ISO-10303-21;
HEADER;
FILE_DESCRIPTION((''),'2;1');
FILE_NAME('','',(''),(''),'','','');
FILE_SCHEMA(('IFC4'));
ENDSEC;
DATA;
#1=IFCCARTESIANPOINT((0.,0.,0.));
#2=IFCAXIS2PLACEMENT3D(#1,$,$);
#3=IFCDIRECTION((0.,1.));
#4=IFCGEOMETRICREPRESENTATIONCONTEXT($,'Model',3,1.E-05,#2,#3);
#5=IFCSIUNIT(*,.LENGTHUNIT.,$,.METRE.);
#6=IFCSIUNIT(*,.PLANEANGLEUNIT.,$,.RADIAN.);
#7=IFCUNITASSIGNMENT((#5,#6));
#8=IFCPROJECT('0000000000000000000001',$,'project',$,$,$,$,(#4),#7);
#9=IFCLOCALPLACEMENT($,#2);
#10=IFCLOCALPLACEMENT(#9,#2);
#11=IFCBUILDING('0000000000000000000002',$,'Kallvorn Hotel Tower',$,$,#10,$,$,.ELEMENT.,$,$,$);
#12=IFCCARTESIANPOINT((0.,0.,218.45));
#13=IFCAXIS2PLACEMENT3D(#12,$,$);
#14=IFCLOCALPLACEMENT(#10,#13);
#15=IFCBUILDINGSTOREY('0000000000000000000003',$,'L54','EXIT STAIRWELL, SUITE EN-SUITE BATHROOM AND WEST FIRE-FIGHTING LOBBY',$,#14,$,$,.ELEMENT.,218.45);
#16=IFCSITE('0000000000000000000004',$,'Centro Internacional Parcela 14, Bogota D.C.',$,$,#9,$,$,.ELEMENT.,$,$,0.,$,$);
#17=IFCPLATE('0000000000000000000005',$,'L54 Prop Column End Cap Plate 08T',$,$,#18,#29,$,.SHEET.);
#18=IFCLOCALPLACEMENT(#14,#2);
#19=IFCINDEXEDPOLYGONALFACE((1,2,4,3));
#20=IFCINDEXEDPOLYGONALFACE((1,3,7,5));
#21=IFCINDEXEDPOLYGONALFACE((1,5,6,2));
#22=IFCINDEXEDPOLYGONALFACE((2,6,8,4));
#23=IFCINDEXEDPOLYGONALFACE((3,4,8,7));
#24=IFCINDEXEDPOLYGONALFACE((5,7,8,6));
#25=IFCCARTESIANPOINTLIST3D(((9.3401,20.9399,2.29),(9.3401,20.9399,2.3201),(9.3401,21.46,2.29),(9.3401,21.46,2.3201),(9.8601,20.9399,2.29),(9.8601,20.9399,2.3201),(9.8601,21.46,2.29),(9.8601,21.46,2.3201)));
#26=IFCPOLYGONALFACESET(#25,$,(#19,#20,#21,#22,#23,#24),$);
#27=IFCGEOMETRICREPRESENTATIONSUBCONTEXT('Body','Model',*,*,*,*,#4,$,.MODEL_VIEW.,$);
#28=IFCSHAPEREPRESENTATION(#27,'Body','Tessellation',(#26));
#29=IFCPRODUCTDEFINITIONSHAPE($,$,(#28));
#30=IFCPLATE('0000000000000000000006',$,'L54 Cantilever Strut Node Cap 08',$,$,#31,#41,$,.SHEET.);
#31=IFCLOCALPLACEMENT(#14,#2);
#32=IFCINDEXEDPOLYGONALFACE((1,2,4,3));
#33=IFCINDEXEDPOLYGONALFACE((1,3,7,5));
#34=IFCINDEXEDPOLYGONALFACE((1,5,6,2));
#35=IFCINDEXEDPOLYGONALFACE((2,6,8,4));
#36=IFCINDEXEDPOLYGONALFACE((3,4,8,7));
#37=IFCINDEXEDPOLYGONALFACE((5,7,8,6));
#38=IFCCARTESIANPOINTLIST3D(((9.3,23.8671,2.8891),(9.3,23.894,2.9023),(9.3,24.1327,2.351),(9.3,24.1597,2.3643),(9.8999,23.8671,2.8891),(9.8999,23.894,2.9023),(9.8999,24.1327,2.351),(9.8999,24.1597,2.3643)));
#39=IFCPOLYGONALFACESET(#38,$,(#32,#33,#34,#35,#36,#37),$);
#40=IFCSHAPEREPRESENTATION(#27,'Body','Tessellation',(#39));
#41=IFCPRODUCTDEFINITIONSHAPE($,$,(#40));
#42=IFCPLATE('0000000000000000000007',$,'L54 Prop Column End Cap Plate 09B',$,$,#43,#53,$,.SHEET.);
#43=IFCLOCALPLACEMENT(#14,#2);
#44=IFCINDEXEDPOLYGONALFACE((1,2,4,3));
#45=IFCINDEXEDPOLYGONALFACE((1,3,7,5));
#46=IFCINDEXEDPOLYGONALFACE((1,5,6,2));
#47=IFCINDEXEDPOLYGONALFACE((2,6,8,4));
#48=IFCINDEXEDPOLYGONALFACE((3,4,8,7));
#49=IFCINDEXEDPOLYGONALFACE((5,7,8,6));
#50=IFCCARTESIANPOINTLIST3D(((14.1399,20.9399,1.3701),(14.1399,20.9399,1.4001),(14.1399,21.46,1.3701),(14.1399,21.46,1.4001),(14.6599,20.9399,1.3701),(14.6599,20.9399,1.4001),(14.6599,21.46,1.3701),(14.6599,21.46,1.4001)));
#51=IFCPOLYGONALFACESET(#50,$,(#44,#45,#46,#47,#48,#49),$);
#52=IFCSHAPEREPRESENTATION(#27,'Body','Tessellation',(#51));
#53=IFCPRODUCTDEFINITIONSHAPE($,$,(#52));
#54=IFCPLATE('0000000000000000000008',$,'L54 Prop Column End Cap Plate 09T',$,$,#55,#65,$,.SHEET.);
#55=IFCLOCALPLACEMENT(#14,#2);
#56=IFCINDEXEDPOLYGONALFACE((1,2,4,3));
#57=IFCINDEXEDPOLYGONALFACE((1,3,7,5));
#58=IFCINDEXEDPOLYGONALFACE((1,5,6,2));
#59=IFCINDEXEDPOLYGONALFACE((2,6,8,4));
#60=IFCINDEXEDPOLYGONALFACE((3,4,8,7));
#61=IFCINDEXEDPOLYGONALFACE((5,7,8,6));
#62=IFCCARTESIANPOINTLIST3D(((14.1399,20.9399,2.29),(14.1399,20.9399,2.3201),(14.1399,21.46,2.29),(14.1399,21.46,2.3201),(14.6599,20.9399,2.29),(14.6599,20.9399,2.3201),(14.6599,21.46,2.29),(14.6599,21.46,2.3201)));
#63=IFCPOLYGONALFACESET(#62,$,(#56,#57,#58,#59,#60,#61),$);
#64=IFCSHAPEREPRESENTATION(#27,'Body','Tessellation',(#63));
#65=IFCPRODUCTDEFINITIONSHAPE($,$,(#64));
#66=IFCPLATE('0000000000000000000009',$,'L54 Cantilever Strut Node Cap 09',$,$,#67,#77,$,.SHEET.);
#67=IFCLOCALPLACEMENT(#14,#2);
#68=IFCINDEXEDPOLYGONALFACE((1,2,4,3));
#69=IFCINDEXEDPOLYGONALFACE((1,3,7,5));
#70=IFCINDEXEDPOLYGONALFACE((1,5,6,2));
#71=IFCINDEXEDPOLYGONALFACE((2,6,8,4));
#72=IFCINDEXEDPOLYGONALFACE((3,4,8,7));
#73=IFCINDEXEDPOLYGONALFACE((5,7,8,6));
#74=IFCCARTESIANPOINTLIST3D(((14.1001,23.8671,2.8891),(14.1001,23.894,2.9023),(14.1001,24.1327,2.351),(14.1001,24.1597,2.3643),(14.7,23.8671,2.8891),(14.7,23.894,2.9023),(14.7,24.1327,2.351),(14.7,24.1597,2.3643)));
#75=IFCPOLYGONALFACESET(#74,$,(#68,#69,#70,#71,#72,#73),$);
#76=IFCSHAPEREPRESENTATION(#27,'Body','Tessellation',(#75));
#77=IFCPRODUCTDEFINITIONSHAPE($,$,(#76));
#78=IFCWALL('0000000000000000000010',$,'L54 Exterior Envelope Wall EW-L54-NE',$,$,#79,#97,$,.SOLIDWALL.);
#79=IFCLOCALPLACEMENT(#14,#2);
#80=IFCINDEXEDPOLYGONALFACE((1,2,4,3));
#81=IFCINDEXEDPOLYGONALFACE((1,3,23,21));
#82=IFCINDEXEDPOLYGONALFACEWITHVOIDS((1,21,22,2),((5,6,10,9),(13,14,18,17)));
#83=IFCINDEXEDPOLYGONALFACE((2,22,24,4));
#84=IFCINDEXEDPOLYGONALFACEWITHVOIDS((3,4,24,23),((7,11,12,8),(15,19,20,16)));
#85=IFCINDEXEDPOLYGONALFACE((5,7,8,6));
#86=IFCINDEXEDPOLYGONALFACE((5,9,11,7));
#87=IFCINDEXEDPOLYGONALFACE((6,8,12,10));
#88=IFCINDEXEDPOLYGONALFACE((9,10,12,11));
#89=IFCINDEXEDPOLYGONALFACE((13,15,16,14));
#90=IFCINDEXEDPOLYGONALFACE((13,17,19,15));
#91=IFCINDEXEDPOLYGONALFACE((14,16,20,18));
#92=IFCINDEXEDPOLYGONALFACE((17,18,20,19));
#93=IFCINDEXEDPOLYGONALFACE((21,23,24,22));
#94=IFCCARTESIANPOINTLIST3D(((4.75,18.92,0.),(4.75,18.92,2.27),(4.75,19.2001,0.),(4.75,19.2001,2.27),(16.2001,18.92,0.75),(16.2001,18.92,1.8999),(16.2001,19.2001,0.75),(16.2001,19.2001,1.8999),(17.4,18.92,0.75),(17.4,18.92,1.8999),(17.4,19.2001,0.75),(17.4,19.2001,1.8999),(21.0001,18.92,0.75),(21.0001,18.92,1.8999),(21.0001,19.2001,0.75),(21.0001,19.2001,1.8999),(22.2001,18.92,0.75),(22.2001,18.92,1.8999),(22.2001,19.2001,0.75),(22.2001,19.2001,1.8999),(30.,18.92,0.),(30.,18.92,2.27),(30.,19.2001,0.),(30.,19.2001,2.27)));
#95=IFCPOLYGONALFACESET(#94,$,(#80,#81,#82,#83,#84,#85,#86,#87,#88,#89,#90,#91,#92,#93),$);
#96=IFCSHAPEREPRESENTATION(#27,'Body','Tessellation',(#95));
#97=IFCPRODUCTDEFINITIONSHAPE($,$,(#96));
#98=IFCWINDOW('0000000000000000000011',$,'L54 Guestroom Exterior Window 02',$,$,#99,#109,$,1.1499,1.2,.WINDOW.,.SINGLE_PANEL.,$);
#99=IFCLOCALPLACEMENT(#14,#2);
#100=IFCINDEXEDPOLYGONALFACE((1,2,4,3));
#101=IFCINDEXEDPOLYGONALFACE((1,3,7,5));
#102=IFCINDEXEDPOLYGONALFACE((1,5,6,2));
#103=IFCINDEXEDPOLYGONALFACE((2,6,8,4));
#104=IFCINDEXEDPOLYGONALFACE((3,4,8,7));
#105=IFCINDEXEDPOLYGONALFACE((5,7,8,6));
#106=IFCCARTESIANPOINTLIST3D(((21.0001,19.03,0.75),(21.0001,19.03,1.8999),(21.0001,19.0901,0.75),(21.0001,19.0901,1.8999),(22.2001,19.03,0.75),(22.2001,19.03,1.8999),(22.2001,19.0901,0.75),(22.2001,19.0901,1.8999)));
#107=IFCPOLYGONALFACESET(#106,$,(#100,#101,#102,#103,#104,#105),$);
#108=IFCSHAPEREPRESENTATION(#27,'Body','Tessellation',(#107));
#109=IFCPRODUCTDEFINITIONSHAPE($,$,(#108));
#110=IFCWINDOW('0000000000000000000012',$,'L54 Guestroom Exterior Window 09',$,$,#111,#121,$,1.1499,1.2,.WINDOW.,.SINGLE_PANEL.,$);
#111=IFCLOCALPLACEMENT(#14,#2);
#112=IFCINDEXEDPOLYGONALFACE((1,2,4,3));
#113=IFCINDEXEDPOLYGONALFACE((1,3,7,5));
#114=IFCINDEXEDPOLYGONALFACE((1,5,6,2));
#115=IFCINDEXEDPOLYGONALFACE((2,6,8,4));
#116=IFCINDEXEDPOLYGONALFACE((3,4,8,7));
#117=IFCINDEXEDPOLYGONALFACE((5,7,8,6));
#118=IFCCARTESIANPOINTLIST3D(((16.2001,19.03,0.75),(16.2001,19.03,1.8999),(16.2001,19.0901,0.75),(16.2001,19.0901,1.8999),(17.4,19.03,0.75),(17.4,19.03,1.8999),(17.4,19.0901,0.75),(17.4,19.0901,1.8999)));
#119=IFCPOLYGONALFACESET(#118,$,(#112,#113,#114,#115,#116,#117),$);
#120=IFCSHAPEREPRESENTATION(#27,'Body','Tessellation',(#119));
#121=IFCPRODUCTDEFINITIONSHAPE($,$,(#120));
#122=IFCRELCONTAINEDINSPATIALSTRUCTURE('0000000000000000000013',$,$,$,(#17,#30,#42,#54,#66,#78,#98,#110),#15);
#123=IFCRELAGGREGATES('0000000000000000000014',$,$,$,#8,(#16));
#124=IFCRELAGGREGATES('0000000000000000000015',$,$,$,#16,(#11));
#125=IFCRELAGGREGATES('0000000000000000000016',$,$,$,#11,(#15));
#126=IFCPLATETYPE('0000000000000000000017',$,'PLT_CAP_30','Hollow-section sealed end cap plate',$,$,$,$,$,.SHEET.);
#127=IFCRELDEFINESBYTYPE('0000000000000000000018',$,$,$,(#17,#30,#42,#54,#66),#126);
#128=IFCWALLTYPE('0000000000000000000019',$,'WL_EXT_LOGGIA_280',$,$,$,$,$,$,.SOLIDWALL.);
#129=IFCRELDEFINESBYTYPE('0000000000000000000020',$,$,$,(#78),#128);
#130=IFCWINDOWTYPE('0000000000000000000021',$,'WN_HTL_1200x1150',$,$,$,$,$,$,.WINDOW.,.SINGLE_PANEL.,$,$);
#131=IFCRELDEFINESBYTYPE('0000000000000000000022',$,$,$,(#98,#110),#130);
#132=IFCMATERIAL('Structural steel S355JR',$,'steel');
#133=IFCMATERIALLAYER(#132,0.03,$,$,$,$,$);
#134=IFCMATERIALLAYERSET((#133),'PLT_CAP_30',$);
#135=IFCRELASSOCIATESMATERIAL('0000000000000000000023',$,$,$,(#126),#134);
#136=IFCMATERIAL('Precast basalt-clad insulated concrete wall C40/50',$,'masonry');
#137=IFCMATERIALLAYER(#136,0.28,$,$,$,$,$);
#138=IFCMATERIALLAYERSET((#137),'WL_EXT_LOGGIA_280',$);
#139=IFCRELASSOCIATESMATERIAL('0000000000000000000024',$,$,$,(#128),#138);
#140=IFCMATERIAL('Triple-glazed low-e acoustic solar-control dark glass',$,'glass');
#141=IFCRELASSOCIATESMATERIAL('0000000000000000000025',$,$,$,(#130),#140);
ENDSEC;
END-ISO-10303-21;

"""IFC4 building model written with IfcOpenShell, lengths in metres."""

from ifc_helpers import new_model, si_unit, direction, frame, frame_2d, origin, origin_2d, place, context, subcontext, project, spatial, polyline, rectangle, outline, extrude, material, layer, layer_set, type_object, element, fill, save


model = new_model("IFC4")

# Units and contexts
model_context = context("Model", 3, precision=1e-05, world=origin(), true_north=direction((0.0, 1.0)))
body_context = subcontext(model_context, "Body", "Model", "MODEL_VIEW")
ifc_project = project(units=[si_unit("LENGTHUNIT", "METRE"), si_unit("PLANEANGLEUNIT", "RADIAN")], contexts=[model_context])

# Site, building, storey
site_placement = place(None, origin())
site = spatial("IfcSite", under=ifc_project, at=site_placement, Name="Centro Internacional Parcela 14, Bogota D.C.", CompositionType="ELEMENT", RefElevation=0.0)
building_placement = place(site_placement, origin())
building = spatial("IfcBuilding", under=site, at=building_placement, Name="Kallvorn Hotel Tower", CompositionType="ELEMENT")
storey_placement = place(building_placement, frame((0.0, 0.0, 218.45)))
storey = spatial("IfcBuildingStorey", under=building, at=storey_placement, Name="L54", Description="EXIT STAIRWELL, SUITE EN-SUITE BATHROOM AND WEST FIRE-FIGHTING LOBBY", CompositionType="ELEMENT", Elevation=218.45)

# Plates
ifc_material_1 = material(Name="Structural steel S355JR", Category="steel")
ifc_layer_1 = layer(ifc_material_1, 0.03)
ifc_layer_set_1 = layer_set([ifc_layer_1], Name="PLT_CAP_30")
plate_type_1 = type_object("IfcPlateType", Name="PLT_CAP_30", Description="Hollow-section sealed end cap plate", PredefinedType="SHEET", material=ifc_layer_set_1)
for number, where, z_axis, x_axis, name in (
    (1, (9.6001, 21.2, 2.29), (0.0, 0.0, 1.0), (1.0, 0.0, 0.0), "L54 Prop Column End Cap Plate 08T"),
):
    element("IfcPlate", number, at=place(storey_placement, frame(where, z_axis=z_axis, x_axis=x_axis)), inside=storey, type_object=plate_type_1, Name=name, PredefinedType="SHEET", context=body_context, shape_type="SweptSolid", body=[
        extrude(rectangle(XDim=0.52, YDim=0.52, at=origin_2d()), origin(), (0.0, 0.0, 1.0), 0.03),
    ])
plate_1_placement = place(storey_placement, frame((9.8999, 24.1597, 2.3643), z_axis=(0.0, 0.896694, 0.442651), x_axis=(-1.0, 0.0, 0.0)))
element("IfcPlate", 2, at=plate_1_placement, inside=storey, type_object=plate_type_1, Name="L54 Cantilever Strut Node Cap 08", PredefinedType="SHEET", context=body_context, shape_type="SweptSolid", body=[
    extrude(outline(polyline([(0.0, 0.0), (0.5999, 0.0), (0.5999, 0.6001), (0.0, 0.6001), (0.0, 0.0)])), origin(), (0.0, 0.0, -1.0), 0.03),
])
for number, where, z_axis, x_axis, name in (
    (3, (14.3999, 21.2, 1.3701), (0.0, 0.0, 1.0), (1.0, 0.0, 0.0), "L54 Prop Column End Cap Plate 09B"),
    (4, (14.3999, 21.2, 2.29), (0.0, 0.0, 1.0), (1.0, 0.0, 0.0), "L54 Prop Column End Cap Plate 09T"),
):
    element("IfcPlate", number, at=place(storey_placement, frame(where, z_axis=z_axis, x_axis=x_axis)), inside=storey, type_object=plate_type_1, Name=name, PredefinedType="SHEET", context=body_context, shape_type="SweptSolid", body=[
        extrude(rectangle(XDim=0.52, YDim=0.52, at=origin_2d()), origin(), (0.0, 0.0, 1.0), 0.03),
    ])
plate_2_placement = place(storey_placement, frame((14.7, 24.1597, 2.3643), z_axis=(0.0, 0.896694, 0.442651), x_axis=(-1.0, 0.0, 0.0)))
element("IfcPlate", 5, at=plate_2_placement, inside=storey, type_object=plate_type_1, Name="L54 Cantilever Strut Node Cap 09", PredefinedType="SHEET", context=body_context, shape_type="SweptSolid", body=[
    extrude(outline(polyline([(0.0, 0.0), (0.5999, 0.0), (0.5999, 0.6001), (0.0, 0.6001), (0.0, 0.0)])), origin(), (0.0, 0.0, -1.0), 0.03),
])

# Wall, openings, windows
ifc_material_2 = material(Name="Precast basalt-clad insulated concrete wall C40/50", Category="masonry")
ifc_layer_2 = layer(ifc_material_2, 0.28)
ifc_layer_set_2 = layer_set([ifc_layer_2], Name="WL_EXT_LOGGIA_280")
wall_type = type_object("IfcWallType", Name="WL_EXT_LOGGIA_280", PredefinedType="SOLIDWALL", material=ifc_layer_set_2)
wall_placement = place(storey_placement, frame((4.75, 19.0601, 0.0), z_axis=(0.0, 0.0, 1.0), x_axis=(1.0, 0.0, 0.0)))
wall = element("IfcWall", 6, at=wall_placement, inside=storey, type_object=wall_type, Name="L54 Exterior Envelope Wall EW-L54-NE", PredefinedType="SOLIDWALL", context=body_context, shape_type="SweptSolid", body=[
    extrude(rectangle(XDim=25.25, YDim=0.28, at=frame_2d((12.625, 0.0))), origin(), (0.0, 0.0, 1.0), 2.27),
])
opening_1_placement = place(wall_placement, frame((16.25, 0.0, 0.75)))
opening_1 = element("IfcOpeningElement", 7, at=opening_1_placement, cuts=wall, PredefinedType="OPENING", context=body_context, shape_type="SweptSolid", body=[
    extrude(rectangle(XDim=1.2, YDim=1.1499, at=frame_2d((0.6001, 0.575))), frame((0.0, 0.155, 0.0), z_axis=(0.0, -1.0, 0.0), x_axis=(1.0, 0.0, 0.0)), (0.0, 0.0, 1.0), 0.3101),
])
opening_2_placement = place(wall_placement, frame((11.45, 0.0, 0.75)))
opening_2 = element("IfcOpeningElement", 8, at=opening_2_placement, cuts=wall, PredefinedType="OPENING", context=body_context, shape_type="SweptSolid", body=[
    extrude(rectangle(XDim=1.2, YDim=1.1499, at=frame_2d((0.6001, 0.575))), frame((0.0, 0.155, 0.0), z_axis=(0.0, -1.0, 0.0), x_axis=(1.0, 0.0, 0.0)), (0.0, 0.0, 1.0), 0.3101),
])
ifc_material_3 = material(Name="Triple-glazed low-e acoustic solar-control dark glass", Category="glass")
window_type = type_object("IfcWindowType", Name="WN_HTL_1200x1150", PartitioningType="SINGLE_PANEL", PredefinedType="WINDOW", material=ifc_material_3)
window_1_placement = place(opening_1_placement, origin())
window_1 = element("IfcWindow", 9, at=window_1_placement, inside=storey, type_object=window_type, Name="L54 Guestroom Exterior Window 02", OverallHeight=1.1499, OverallWidth=1.2, PartitioningType="SINGLE_PANEL", PredefinedType="WINDOW", context=body_context, shape_type="SweptSolid", body=[
    extrude(rectangle(XDim=1.2, YDim=1.1499, at=frame_2d((0.6001, 0.575))), frame((0.0, 0.03, 0.0), z_axis=(0.0, -1.0, 0.0), x_axis=(1.0, 0.0, 0.0)), (0.0, 0.0, 1.0), 0.0601),
])
fill(opening_1, window_1)
window_2_placement = place(opening_2_placement, origin())
window_2 = element("IfcWindow", 10, at=window_2_placement, inside=storey, type_object=window_type, Name="L54 Guestroom Exterior Window 09", OverallHeight=1.1499, OverallWidth=1.2, PartitioningType="SINGLE_PANEL", PredefinedType="WINDOW", context=body_context, shape_type="SweptSolid", body=[
    extrude(rectangle(XDim=1.2, YDim=1.1499, at=frame_2d((0.6001, 0.575))), frame((0.0, 0.03, 0.0), z_axis=(0.0, -1.0, 0.0), x_axis=(1.0, 0.0, 0.0)), (0.0, 0.0, 1.0), 0.0601),
])
fill(opening_2, window_2)

save(model, "model.ifc")
